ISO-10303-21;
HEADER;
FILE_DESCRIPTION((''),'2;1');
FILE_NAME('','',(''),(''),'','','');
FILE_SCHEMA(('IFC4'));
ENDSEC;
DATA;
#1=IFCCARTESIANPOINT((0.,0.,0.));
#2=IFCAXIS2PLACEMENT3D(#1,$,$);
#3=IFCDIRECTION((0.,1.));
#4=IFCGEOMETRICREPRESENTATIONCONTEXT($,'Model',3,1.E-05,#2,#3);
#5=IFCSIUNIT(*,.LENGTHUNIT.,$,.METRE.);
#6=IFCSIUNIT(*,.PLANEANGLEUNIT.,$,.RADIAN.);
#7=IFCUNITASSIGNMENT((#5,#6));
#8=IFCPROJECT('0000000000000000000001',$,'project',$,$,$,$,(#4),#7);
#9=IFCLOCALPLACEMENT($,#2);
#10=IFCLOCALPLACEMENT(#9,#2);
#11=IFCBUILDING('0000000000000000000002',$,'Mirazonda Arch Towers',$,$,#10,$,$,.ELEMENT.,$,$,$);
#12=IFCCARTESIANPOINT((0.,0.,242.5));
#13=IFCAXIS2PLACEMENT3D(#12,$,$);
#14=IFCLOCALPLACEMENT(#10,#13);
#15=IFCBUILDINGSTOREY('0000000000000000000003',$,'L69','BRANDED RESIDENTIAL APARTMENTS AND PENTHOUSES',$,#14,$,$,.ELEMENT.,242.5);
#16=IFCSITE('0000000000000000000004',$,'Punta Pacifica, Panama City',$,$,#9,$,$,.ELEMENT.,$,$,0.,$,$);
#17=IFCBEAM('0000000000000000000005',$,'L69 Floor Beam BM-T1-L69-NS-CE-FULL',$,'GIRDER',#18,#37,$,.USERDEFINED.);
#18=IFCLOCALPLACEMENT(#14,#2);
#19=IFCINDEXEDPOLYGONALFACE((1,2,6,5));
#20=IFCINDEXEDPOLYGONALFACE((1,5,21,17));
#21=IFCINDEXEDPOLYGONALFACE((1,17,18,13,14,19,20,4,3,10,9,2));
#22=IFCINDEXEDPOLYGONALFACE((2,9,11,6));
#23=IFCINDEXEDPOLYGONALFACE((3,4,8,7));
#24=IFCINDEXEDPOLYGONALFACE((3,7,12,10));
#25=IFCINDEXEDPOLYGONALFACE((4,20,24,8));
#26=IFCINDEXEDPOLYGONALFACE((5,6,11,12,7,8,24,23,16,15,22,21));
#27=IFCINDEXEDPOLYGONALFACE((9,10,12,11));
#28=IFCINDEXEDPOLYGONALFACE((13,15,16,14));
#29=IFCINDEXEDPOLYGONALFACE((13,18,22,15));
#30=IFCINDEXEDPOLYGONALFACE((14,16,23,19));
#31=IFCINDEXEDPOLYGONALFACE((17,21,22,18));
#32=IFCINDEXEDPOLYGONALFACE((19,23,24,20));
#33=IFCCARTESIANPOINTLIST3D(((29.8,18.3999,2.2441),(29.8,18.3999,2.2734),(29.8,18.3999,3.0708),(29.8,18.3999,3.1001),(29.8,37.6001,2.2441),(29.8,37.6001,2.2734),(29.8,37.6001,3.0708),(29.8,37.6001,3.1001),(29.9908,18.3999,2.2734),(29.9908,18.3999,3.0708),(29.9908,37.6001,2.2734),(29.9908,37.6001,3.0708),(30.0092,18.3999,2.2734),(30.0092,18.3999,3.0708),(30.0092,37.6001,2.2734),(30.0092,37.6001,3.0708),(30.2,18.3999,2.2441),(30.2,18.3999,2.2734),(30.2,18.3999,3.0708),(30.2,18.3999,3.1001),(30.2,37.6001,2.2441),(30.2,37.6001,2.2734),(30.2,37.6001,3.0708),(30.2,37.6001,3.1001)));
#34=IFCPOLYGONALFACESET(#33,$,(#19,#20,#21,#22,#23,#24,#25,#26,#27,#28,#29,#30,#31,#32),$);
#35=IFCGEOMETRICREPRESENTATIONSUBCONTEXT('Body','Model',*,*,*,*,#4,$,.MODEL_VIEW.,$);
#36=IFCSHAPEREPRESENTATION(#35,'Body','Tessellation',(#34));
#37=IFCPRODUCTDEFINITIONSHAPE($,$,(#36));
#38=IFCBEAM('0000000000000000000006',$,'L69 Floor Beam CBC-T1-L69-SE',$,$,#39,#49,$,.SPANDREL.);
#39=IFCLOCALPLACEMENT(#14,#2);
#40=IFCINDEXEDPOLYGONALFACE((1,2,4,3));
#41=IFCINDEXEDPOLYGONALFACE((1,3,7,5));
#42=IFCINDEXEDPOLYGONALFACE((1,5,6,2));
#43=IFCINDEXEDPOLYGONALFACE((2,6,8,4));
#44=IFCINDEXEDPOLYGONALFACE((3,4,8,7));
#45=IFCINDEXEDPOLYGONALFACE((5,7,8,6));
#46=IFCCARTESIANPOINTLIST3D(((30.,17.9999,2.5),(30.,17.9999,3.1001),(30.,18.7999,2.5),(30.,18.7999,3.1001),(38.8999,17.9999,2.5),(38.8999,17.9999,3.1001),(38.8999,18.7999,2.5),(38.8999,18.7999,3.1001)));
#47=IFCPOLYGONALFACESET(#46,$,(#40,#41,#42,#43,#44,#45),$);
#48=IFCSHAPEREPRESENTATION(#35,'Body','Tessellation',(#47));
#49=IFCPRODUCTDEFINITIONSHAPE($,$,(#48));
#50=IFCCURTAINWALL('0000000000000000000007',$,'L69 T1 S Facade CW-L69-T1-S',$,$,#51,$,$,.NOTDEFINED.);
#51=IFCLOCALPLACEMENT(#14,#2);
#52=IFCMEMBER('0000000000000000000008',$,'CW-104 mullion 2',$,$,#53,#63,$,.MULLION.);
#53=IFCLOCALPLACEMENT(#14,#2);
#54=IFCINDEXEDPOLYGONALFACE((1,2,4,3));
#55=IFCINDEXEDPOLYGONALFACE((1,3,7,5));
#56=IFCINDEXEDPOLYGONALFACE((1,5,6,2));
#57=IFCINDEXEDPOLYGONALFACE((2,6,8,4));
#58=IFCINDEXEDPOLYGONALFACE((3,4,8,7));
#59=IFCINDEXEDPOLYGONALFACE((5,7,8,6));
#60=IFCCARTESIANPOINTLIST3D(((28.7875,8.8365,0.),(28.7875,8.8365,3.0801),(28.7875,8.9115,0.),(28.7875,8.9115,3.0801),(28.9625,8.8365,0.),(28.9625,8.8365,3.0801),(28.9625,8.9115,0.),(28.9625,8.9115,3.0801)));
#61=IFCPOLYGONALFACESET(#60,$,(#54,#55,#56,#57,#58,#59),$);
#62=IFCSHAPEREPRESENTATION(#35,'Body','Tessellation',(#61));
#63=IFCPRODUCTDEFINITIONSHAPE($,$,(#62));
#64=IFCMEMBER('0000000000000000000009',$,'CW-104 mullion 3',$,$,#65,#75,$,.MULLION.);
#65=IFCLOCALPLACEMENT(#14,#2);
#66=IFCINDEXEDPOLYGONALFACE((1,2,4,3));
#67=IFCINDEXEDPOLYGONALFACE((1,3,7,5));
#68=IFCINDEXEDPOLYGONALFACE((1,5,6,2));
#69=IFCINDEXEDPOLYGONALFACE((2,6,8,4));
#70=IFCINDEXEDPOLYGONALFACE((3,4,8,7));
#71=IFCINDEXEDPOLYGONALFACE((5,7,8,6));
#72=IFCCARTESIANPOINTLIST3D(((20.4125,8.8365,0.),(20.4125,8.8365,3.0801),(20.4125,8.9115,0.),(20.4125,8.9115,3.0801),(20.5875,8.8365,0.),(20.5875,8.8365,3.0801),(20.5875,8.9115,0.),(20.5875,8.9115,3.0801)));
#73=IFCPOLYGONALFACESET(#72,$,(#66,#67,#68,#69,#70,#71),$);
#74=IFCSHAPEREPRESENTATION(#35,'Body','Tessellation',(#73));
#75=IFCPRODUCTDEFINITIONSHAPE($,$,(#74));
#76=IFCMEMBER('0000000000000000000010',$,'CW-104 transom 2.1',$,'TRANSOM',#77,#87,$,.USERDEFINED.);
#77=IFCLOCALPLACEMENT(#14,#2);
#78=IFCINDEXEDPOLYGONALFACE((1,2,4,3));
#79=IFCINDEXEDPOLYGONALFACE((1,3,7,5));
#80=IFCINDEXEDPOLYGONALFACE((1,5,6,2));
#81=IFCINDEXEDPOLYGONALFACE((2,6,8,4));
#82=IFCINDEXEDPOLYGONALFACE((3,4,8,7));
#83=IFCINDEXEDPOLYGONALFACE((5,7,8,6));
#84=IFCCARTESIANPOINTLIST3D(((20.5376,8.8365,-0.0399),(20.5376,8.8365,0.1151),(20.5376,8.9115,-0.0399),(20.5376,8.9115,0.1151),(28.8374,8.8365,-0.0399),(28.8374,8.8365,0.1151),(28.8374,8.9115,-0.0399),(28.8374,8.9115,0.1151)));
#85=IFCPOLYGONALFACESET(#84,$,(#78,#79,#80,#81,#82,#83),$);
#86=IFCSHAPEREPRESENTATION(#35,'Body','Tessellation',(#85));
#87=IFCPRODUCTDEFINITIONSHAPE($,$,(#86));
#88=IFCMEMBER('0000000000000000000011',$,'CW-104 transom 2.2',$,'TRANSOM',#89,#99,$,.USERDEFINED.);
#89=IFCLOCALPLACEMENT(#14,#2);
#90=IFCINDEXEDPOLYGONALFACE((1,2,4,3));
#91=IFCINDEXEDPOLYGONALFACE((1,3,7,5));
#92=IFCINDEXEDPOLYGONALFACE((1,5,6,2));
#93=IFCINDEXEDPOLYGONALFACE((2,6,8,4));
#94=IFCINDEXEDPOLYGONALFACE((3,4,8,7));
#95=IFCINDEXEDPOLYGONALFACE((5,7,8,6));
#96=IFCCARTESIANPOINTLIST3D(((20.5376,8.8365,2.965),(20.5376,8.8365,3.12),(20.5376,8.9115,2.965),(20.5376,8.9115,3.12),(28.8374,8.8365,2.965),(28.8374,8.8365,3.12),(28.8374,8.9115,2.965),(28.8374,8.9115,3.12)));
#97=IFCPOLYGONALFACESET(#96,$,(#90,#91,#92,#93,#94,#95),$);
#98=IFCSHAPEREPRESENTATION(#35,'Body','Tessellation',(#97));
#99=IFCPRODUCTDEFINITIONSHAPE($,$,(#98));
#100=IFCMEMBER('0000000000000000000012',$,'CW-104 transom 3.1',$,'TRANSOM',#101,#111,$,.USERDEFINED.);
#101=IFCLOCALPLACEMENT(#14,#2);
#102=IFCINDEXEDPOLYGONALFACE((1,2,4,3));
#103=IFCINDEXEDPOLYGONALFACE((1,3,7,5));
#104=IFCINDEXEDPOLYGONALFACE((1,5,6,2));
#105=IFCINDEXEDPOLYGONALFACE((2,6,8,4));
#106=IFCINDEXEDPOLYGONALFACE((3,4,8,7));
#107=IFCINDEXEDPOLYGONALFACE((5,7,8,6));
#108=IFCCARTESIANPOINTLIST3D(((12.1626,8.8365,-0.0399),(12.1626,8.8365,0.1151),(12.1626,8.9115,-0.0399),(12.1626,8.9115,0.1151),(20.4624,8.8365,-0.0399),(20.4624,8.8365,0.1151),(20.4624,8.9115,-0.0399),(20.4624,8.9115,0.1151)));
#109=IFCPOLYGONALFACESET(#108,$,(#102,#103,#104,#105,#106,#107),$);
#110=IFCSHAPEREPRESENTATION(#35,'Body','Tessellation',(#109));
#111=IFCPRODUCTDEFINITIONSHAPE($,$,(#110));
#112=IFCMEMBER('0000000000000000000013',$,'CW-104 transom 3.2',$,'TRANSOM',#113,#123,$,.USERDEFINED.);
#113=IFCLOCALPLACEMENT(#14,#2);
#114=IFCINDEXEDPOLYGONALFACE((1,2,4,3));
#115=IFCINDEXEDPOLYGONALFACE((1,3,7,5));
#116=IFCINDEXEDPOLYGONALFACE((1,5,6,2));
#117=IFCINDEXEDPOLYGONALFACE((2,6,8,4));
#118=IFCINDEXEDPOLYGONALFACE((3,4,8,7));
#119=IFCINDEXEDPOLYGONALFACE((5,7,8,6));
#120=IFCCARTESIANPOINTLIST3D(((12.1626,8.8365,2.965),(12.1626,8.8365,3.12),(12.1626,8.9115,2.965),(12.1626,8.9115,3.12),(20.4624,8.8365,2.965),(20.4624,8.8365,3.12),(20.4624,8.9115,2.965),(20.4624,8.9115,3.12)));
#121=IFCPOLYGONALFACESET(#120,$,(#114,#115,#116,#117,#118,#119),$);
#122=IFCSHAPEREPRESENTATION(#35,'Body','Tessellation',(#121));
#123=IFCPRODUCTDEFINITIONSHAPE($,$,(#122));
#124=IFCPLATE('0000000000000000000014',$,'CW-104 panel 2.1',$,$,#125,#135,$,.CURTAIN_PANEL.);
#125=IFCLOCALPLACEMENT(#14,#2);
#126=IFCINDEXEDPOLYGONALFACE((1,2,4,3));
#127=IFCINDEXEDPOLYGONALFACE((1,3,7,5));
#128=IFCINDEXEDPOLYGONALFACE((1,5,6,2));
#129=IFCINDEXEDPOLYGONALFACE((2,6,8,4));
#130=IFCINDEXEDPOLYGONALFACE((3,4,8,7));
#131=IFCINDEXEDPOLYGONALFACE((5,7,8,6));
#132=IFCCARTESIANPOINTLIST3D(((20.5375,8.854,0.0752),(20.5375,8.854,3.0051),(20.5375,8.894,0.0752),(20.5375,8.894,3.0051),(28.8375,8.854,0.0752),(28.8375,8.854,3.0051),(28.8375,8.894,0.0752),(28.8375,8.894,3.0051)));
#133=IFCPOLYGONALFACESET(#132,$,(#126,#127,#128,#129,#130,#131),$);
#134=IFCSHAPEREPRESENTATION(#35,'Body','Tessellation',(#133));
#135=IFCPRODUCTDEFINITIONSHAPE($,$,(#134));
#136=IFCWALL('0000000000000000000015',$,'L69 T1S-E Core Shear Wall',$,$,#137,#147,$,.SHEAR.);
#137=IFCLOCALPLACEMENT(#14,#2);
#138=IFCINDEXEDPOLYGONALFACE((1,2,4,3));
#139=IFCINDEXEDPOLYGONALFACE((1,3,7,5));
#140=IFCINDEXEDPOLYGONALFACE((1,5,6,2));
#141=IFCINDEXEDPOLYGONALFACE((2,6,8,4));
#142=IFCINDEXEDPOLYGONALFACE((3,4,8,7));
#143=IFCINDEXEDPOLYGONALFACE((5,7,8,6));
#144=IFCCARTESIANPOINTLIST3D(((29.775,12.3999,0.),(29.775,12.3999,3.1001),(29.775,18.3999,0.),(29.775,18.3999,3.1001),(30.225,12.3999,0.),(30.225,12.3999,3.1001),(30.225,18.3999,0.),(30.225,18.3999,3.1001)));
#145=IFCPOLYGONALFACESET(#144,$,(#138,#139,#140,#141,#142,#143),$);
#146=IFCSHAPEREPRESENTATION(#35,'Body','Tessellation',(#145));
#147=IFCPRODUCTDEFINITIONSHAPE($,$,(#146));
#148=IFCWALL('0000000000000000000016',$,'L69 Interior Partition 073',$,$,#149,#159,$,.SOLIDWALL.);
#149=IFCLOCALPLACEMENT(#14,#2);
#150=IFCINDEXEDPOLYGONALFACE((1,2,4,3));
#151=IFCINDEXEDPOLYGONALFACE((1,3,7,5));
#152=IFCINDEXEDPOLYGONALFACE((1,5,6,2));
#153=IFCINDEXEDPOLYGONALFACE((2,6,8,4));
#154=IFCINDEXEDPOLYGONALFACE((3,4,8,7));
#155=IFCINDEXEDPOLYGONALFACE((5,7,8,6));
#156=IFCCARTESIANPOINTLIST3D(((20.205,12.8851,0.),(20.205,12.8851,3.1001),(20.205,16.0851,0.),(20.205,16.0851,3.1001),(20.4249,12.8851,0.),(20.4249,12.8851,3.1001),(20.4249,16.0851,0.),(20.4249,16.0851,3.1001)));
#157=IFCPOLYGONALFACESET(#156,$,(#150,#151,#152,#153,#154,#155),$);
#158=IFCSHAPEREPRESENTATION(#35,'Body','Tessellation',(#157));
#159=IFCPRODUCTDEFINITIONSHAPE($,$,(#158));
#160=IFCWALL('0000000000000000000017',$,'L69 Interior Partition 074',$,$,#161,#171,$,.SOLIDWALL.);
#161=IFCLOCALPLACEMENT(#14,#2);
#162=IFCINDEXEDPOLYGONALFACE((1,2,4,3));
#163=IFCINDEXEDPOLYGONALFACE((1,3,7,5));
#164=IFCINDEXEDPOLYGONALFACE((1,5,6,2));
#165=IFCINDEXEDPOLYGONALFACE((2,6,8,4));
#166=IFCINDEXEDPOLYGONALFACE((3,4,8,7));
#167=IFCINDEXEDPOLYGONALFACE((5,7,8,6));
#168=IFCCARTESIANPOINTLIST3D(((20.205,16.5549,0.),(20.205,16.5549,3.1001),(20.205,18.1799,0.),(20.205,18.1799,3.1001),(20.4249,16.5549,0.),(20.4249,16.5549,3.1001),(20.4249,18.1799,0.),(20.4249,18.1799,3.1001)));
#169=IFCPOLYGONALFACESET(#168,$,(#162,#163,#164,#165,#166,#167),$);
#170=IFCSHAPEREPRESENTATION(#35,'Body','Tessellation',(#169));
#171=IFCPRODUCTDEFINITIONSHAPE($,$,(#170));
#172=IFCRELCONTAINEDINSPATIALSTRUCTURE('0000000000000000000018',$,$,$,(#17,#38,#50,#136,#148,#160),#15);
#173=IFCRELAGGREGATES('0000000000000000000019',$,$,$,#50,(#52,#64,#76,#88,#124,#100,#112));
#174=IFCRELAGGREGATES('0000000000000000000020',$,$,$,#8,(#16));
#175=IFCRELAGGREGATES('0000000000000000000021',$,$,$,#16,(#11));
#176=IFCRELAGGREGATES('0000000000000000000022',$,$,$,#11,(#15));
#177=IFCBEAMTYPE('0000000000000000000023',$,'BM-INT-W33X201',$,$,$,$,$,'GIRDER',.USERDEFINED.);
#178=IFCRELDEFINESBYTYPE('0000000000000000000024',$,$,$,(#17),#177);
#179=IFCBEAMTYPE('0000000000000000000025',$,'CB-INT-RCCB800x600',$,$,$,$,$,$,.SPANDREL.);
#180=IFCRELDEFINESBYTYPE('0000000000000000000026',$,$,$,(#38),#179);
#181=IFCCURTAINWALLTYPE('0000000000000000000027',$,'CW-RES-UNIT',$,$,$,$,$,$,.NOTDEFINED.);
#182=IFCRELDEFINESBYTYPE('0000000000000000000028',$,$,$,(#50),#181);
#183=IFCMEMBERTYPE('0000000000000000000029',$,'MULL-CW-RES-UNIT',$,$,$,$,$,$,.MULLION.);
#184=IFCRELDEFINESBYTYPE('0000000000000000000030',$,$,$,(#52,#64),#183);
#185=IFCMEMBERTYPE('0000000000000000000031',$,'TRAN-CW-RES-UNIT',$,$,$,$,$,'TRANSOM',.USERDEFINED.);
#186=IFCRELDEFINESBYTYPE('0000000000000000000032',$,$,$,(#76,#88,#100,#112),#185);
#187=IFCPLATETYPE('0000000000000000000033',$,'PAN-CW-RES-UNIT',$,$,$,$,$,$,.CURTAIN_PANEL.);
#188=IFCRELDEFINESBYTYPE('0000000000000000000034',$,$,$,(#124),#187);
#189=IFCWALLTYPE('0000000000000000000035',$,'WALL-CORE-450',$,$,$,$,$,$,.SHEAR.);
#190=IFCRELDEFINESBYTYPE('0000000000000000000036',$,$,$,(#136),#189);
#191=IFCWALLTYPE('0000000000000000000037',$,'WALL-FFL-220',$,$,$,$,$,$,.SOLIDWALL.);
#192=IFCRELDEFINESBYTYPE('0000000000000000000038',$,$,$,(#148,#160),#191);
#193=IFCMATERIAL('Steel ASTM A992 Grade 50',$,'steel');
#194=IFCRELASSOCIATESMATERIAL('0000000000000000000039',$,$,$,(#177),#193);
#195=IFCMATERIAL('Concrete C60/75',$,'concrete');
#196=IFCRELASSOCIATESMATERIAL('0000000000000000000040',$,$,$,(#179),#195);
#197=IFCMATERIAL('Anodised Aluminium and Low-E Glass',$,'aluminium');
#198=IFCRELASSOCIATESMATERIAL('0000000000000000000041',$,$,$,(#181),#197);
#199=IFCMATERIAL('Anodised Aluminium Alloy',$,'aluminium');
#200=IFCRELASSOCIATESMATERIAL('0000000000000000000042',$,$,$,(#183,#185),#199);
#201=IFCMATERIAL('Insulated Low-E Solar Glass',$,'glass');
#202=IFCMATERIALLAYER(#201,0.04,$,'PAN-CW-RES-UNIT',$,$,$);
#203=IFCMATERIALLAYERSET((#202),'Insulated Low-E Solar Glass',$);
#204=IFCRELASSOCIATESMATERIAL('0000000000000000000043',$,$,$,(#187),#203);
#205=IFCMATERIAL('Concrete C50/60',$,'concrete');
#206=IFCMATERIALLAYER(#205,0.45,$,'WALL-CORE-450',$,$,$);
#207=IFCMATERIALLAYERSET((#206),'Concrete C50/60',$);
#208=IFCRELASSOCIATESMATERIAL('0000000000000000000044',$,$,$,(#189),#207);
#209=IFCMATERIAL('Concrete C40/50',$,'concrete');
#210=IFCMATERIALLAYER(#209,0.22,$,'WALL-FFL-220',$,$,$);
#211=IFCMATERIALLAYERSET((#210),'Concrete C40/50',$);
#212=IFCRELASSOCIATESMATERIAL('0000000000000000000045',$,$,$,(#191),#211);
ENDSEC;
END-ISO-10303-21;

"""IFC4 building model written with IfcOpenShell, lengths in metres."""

from ifc_helpers import new_model, si_unit, direction, frame, frame_2d, origin, origin_2d, place, context, subcontext, project, spatial, rectangle, i_section, extrude, material, layer, layer_set, material_profile, profile_set, type_object, element, aggregate, save


model = new_model("IFC4")

# Units and contexts
model_context = context("Model", 3, precision=1e-05, world=origin(), true_north=direction((0.0, 1.0)))
body_context = subcontext(model_context, "Body", "Model", "MODEL_VIEW")
ifc_project = project(units=[si_unit("LENGTHUNIT", "METRE"), si_unit("PLANEANGLEUNIT", "RADIAN")], contexts=[model_context])

# Site, building, storey
site_placement = place(None, origin())
site = spatial("IfcSite", under=ifc_project, at=site_placement, Name="Punta Pacifica, Panama City", CompositionType="ELEMENT", RefElevation=0.0)
building_placement = place(site_placement, origin())
building = spatial("IfcBuilding", under=site, at=building_placement, Name="Mirazonda Arch Towers", CompositionType="ELEMENT")
storey_placement = place(building_placement, frame((0.0, 0.0, 242.5)))
storey = spatial("IfcBuildingStorey", under=building, at=storey_placement, Name="L69", Description="BRANDED RESIDENTIAL APARTMENTS AND PENTHOUSES", CompositionType="ELEMENT", Elevation=242.5)

# Shared definitions
ifc_material_1 = material(Name="Concrete C50/60", Category="concrete")

# Beams
ifc_material_2 = material(Name="Steel ASTM A992 Grade 50", Category="steel")
ifc_material_profile_1 = material_profile(ifc_material_2, i_section(OverallWidth=0.3999, OverallDepth=0.856, WebThickness=0.0183, FlangeThickness=0.0293, at=origin_2d()), Name="W33X201")
ifc_profile_set_1 = profile_set([ifc_material_profile_1], Name="Steel ASTM A992 Grade 50")
beam_type_1 = type_object("IfcBeamType", Name="BM-INT-W33X201", ElementType="GIRDER", PredefinedType="USERDEFINED", material=ifc_profile_set_1)
beam_1_placement = place(storey_placement, frame((30.0, 18.3999, 2.6721), z_axis=(0.0, 1.0, 0.0), x_axis=(-1.0, 0.0, 0.0)))
element("IfcBeam", 1, at=beam_1_placement, inside=storey, type_object=beam_type_1, Name="L69 Floor Beam BM-T1-L69-NS-CE-FULL", ObjectType="GIRDER", PredefinedType="USERDEFINED", context=body_context, shape_type="SweptSolid", body=[
    extrude(i_section(OverallWidth=0.3999, OverallDepth=0.856, WebThickness=0.0183, FlangeThickness=0.0293, at=origin_2d()), origin(), (0.0, 0.0, 1.0), 19.2002),
])
ifc_material_3 = material(Name="Concrete C60/75", Category="concrete")
ifc_material_profile_2 = material_profile(ifc_material_3, rectangle(XDim=0.8, YDim=0.6001, at=origin_2d()), Name="RCCB800x600")
ifc_profile_set_2 = profile_set([ifc_material_profile_2], Name="Concrete C60/75")
beam_type_2 = type_object("IfcBeamType", Name="CB-INT-RCCB800x600", PredefinedType="SPANDREL", material=ifc_profile_set_2)
beam_2_placement = place(storey_placement, frame((30.0, 18.3999, 2.8), z_axis=(1.0, 0.0, 0.0), x_axis=(0.0, 1.0, 0.0)))
element("IfcBeam", 2, at=beam_2_placement, inside=storey, type_object=beam_type_2, Name="L69 Floor Beam CBC-T1-L69-SE", PredefinedType="SPANDREL", context=body_context, shape_type="SweptSolid", body=[
    extrude(rectangle(XDim=0.8, YDim=0.6001, at=origin_2d()), origin(), (0.0, 0.0, 1.0), 8.8999),
])

# Curtain wall, members, plate
ifc_material_4 = material(Name="Anodised Aluminium and Low-E Glass", Category="aluminium")
curtain_wall_type = type_object("IfcCurtainWallType", Name="CW-RES-UNIT", PredefinedType="NOTDEFINED", material=ifc_material_4)
curtain_wall_placement = place(storey_placement, origin())
curtain_wall = element("IfcCurtainWall", 3, at=curtain_wall_placement, inside=storey, type_object=curtain_wall_type, Name="L69 T1 S Facade CW-L69-T1-S", PredefinedType="NOTDEFINED")
ifc_material_5 = material(Name="Anodised Aluminium Alloy", Category="aluminium")
ifc_material_profile_3 = material_profile(ifc_material_5, rectangle(XDim=0.075, YDim=0.175, at=origin_2d()), Name="ALU-MULL-75x175")
ifc_profile_set_3 = profile_set([ifc_material_profile_3], Name="Anodised Aluminium Alloy")
member_type_1 = type_object("IfcMemberType", Name="MULL-CW-RES-UNIT", PredefinedType="MULLION", material=ifc_profile_set_3)
member_1_placement = place(storey_placement, frame((28.875, 8.874, 0.0), z_axis=(0.0, 0.0, 1.0), x_axis=(0.0, -1.0, 0.0)))
member_1 = element("IfcMember", 4, at=member_1_placement, type_object=member_type_1, Name="CW-104 mullion 2", PredefinedType="MULLION", context=body_context, shape_type="SweptSolid", body=[
    extrude(rectangle(XDim=0.075, YDim=0.175, at=origin_2d()), origin(), (0.0, 0.0, 1.0), 3.0801),
])
member_2_placement = place(storey_placement, frame((20.5, 8.874, 0.0), z_axis=(0.0, 0.0, 1.0), x_axis=(0.0, -1.0, 0.0)))
member_2 = element("IfcMember", 5, at=member_2_placement, type_object=member_type_1, Name="CW-104 mullion 3", PredefinedType="MULLION", context=body_context, shape_type="SweptSolid", body=[
    extrude(rectangle(XDim=0.075, YDim=0.175, at=origin_2d()), origin(), (0.0, 0.0, 1.0), 3.0801),
])
ifc_material_profile_4 = material_profile(ifc_material_5, rectangle(XDim=0.075, YDim=0.155, at=origin_2d()), Name="ALU-TRAN-75x155")
ifc_profile_set_4 = profile_set([ifc_material_profile_4], Name="Anodised Aluminium Alloy")
member_type_2 = type_object("IfcMemberType", Name="TRAN-CW-RES-UNIT", ElementType="TRANSOM", PredefinedType="USERDEFINED", material=ifc_profile_set_4)
member_3_placement = place(storey_placement, frame((28.8374, 8.874, 0.0376), z_axis=(-1.0, 0.0, 0.0), x_axis=(0.0, -1.0, 0.0)))
member_3 = element("IfcMember", 6, at=member_3_placement, type_object=member_type_2, Name="CW-104 transom 2.1", ObjectType="TRANSOM", PredefinedType="USERDEFINED", context=body_context, shape_type="SweptSolid", body=[
    extrude(rectangle(XDim=0.075, YDim=0.155, at=origin_2d()), origin(), (0.0, 0.0, 1.0), 8.2998),
])
member_4_placement = place(storey_placement, frame((28.8374, 8.874, 3.0425), z_axis=(-1.0, 0.0, 0.0), x_axis=(0.0, -1.0, 0.0)))
member_4 = element("IfcMember", 7, at=member_4_placement, type_object=member_type_2, Name="CW-104 transom 2.2", ObjectType="TRANSOM", PredefinedType="USERDEFINED", context=body_context, shape_type="SweptSolid", body=[
    extrude(rectangle(XDim=0.075, YDim=0.155, at=origin_2d()), origin(), (0.0, 0.0, 1.0), 8.2998),
])
member_5_placement = place(storey_placement, frame((20.4624, 8.874, 0.0376), z_axis=(-1.0, 0.0, 0.0), x_axis=(0.0, -1.0, 0.0)))
member_5 = element("IfcMember", 8, at=member_5_placement, type_object=member_type_2, Name="CW-104 transom 3.1", ObjectType="TRANSOM", PredefinedType="USERDEFINED", context=body_context, shape_type="SweptSolid", body=[
    extrude(rectangle(XDim=0.075, YDim=0.155, at=origin_2d()), origin(), (0.0, 0.0, 1.0), 8.2998),
])
member_6_placement = place(storey_placement, frame((20.4624, 8.874, 3.0425), z_axis=(-1.0, 0.0, 0.0), x_axis=(0.0, -1.0, 0.0)))
member_6 = element("IfcMember", 9, at=member_6_placement, type_object=member_type_2, Name="CW-104 transom 3.2", ObjectType="TRANSOM", PredefinedType="USERDEFINED", context=body_context, shape_type="SweptSolid", body=[
    extrude(rectangle(XDim=0.075, YDim=0.155, at=origin_2d()), origin(), (0.0, 0.0, 1.0), 8.2998),
])
ifc_material_6 = material(Name="Insulated Low-E Solar Glass", Category="glass")
ifc_layer_1 = layer(ifc_material_6, 0.04, Name="PAN-CW-RES-UNIT")
ifc_layer_set_1 = layer_set([ifc_layer_1], Name="Insulated Low-E Solar Glass")
plate_type = type_object("IfcPlateType", Name="PAN-CW-RES-UNIT", PredefinedType="CURTAIN_PANEL", material=ifc_layer_set_1)
plate_placement = place(storey_placement, frame((24.6875, 8.874, 0.0752), z_axis=(0.0, 0.0, 1.0), x_axis=(-1.0, 0.0, 0.0)))
plate = element("IfcPlate", 10, at=plate_placement, type_object=plate_type, Name="CW-104 panel 2.1", PredefinedType="CURTAIN_PANEL", context=body_context, shape_type="SweptSolid", body=[
    extrude(rectangle(XDim=8.3, YDim=0.04, at=origin_2d()), origin(), (0.0, 0.0, 1.0), 2.9299),
])
aggregate(curtain_wall, [member_1, member_2, member_3, member_4, plate, member_5, member_6])

# Walls
ifc_layer_2 = layer(ifc_material_1, 0.45, Name="WALL-CORE-450")
ifc_layer_set_2 = layer_set([ifc_layer_2], Name="Concrete C50/60")
wall_type_1 = type_object("IfcWallType", Name="WALL-CORE-450", PredefinedType="SHEAR", material=ifc_layer_set_2)
wall_1_placement = place(storey_placement, frame((30.0, 12.3999, 0.0), z_axis=(0.0, 0.0, 1.0), x_axis=(0.0, 1.0, 0.0)))
element("IfcWall", 11, at=wall_1_placement, inside=storey, type_object=wall_type_1, Name="L69 T1S-E Core Shear Wall", PredefinedType="SHEAR", context=body_context, shape_type="SweptSolid", body=[
    extrude(rectangle(XDim=6.0, YDim=0.45, at=frame_2d((3.0, 0.0))), origin(), (0.0, 0.0, 1.0), 3.1001),
])
ifc_material_7 = material(Name="Concrete C40/50", Category="concrete")
ifc_layer_3 = layer(ifc_material_7, 0.22, Name="WALL-FFL-220")
ifc_layer_set_3 = layer_set([ifc_layer_3], Name="Concrete C40/50")
wall_type_2 = type_object("IfcWallType", Name="WALL-FFL-220", PredefinedType="SOLIDWALL", material=ifc_layer_set_3)
wall_2_placement = place(storey_placement, frame((20.3149, 12.885, 0.0), z_axis=(0.0, 0.0, 1.0), x_axis=(0.0, 1.0, 0.0)))
element("IfcWall", 12, at=wall_2_placement, inside=storey, type_object=wall_type_2, Name="L69 Interior Partition 073", PredefinedType="SOLIDWALL", context=body_context, shape_type="SweptSolid", body=[
    extrude(rectangle(XDim=3.2, YDim=0.22, at=frame_2d((1.6001, 0.0))), origin(), (0.0, 0.0, 1.0), 3.1001),
])
wall_3_placement = place(storey_placement, frame((20.3149, 16.5549, 0.0), z_axis=(0.0, 0.0, 1.0), x_axis=(0.0, 1.0, 0.0)))
element("IfcWall", 13, at=wall_3_placement, inside=storey, type_object=wall_type_2, Name="L69 Interior Partition 074", PredefinedType="SOLIDWALL", context=body_context, shape_type="SweptSolid", body=[
    extrude(rectangle(XDim=1.625, YDim=0.22, at=frame_2d((0.8125, 0.0))), origin(), (0.0, 0.0, 1.0), 3.1001),
])

save(model, "model.ifc")
